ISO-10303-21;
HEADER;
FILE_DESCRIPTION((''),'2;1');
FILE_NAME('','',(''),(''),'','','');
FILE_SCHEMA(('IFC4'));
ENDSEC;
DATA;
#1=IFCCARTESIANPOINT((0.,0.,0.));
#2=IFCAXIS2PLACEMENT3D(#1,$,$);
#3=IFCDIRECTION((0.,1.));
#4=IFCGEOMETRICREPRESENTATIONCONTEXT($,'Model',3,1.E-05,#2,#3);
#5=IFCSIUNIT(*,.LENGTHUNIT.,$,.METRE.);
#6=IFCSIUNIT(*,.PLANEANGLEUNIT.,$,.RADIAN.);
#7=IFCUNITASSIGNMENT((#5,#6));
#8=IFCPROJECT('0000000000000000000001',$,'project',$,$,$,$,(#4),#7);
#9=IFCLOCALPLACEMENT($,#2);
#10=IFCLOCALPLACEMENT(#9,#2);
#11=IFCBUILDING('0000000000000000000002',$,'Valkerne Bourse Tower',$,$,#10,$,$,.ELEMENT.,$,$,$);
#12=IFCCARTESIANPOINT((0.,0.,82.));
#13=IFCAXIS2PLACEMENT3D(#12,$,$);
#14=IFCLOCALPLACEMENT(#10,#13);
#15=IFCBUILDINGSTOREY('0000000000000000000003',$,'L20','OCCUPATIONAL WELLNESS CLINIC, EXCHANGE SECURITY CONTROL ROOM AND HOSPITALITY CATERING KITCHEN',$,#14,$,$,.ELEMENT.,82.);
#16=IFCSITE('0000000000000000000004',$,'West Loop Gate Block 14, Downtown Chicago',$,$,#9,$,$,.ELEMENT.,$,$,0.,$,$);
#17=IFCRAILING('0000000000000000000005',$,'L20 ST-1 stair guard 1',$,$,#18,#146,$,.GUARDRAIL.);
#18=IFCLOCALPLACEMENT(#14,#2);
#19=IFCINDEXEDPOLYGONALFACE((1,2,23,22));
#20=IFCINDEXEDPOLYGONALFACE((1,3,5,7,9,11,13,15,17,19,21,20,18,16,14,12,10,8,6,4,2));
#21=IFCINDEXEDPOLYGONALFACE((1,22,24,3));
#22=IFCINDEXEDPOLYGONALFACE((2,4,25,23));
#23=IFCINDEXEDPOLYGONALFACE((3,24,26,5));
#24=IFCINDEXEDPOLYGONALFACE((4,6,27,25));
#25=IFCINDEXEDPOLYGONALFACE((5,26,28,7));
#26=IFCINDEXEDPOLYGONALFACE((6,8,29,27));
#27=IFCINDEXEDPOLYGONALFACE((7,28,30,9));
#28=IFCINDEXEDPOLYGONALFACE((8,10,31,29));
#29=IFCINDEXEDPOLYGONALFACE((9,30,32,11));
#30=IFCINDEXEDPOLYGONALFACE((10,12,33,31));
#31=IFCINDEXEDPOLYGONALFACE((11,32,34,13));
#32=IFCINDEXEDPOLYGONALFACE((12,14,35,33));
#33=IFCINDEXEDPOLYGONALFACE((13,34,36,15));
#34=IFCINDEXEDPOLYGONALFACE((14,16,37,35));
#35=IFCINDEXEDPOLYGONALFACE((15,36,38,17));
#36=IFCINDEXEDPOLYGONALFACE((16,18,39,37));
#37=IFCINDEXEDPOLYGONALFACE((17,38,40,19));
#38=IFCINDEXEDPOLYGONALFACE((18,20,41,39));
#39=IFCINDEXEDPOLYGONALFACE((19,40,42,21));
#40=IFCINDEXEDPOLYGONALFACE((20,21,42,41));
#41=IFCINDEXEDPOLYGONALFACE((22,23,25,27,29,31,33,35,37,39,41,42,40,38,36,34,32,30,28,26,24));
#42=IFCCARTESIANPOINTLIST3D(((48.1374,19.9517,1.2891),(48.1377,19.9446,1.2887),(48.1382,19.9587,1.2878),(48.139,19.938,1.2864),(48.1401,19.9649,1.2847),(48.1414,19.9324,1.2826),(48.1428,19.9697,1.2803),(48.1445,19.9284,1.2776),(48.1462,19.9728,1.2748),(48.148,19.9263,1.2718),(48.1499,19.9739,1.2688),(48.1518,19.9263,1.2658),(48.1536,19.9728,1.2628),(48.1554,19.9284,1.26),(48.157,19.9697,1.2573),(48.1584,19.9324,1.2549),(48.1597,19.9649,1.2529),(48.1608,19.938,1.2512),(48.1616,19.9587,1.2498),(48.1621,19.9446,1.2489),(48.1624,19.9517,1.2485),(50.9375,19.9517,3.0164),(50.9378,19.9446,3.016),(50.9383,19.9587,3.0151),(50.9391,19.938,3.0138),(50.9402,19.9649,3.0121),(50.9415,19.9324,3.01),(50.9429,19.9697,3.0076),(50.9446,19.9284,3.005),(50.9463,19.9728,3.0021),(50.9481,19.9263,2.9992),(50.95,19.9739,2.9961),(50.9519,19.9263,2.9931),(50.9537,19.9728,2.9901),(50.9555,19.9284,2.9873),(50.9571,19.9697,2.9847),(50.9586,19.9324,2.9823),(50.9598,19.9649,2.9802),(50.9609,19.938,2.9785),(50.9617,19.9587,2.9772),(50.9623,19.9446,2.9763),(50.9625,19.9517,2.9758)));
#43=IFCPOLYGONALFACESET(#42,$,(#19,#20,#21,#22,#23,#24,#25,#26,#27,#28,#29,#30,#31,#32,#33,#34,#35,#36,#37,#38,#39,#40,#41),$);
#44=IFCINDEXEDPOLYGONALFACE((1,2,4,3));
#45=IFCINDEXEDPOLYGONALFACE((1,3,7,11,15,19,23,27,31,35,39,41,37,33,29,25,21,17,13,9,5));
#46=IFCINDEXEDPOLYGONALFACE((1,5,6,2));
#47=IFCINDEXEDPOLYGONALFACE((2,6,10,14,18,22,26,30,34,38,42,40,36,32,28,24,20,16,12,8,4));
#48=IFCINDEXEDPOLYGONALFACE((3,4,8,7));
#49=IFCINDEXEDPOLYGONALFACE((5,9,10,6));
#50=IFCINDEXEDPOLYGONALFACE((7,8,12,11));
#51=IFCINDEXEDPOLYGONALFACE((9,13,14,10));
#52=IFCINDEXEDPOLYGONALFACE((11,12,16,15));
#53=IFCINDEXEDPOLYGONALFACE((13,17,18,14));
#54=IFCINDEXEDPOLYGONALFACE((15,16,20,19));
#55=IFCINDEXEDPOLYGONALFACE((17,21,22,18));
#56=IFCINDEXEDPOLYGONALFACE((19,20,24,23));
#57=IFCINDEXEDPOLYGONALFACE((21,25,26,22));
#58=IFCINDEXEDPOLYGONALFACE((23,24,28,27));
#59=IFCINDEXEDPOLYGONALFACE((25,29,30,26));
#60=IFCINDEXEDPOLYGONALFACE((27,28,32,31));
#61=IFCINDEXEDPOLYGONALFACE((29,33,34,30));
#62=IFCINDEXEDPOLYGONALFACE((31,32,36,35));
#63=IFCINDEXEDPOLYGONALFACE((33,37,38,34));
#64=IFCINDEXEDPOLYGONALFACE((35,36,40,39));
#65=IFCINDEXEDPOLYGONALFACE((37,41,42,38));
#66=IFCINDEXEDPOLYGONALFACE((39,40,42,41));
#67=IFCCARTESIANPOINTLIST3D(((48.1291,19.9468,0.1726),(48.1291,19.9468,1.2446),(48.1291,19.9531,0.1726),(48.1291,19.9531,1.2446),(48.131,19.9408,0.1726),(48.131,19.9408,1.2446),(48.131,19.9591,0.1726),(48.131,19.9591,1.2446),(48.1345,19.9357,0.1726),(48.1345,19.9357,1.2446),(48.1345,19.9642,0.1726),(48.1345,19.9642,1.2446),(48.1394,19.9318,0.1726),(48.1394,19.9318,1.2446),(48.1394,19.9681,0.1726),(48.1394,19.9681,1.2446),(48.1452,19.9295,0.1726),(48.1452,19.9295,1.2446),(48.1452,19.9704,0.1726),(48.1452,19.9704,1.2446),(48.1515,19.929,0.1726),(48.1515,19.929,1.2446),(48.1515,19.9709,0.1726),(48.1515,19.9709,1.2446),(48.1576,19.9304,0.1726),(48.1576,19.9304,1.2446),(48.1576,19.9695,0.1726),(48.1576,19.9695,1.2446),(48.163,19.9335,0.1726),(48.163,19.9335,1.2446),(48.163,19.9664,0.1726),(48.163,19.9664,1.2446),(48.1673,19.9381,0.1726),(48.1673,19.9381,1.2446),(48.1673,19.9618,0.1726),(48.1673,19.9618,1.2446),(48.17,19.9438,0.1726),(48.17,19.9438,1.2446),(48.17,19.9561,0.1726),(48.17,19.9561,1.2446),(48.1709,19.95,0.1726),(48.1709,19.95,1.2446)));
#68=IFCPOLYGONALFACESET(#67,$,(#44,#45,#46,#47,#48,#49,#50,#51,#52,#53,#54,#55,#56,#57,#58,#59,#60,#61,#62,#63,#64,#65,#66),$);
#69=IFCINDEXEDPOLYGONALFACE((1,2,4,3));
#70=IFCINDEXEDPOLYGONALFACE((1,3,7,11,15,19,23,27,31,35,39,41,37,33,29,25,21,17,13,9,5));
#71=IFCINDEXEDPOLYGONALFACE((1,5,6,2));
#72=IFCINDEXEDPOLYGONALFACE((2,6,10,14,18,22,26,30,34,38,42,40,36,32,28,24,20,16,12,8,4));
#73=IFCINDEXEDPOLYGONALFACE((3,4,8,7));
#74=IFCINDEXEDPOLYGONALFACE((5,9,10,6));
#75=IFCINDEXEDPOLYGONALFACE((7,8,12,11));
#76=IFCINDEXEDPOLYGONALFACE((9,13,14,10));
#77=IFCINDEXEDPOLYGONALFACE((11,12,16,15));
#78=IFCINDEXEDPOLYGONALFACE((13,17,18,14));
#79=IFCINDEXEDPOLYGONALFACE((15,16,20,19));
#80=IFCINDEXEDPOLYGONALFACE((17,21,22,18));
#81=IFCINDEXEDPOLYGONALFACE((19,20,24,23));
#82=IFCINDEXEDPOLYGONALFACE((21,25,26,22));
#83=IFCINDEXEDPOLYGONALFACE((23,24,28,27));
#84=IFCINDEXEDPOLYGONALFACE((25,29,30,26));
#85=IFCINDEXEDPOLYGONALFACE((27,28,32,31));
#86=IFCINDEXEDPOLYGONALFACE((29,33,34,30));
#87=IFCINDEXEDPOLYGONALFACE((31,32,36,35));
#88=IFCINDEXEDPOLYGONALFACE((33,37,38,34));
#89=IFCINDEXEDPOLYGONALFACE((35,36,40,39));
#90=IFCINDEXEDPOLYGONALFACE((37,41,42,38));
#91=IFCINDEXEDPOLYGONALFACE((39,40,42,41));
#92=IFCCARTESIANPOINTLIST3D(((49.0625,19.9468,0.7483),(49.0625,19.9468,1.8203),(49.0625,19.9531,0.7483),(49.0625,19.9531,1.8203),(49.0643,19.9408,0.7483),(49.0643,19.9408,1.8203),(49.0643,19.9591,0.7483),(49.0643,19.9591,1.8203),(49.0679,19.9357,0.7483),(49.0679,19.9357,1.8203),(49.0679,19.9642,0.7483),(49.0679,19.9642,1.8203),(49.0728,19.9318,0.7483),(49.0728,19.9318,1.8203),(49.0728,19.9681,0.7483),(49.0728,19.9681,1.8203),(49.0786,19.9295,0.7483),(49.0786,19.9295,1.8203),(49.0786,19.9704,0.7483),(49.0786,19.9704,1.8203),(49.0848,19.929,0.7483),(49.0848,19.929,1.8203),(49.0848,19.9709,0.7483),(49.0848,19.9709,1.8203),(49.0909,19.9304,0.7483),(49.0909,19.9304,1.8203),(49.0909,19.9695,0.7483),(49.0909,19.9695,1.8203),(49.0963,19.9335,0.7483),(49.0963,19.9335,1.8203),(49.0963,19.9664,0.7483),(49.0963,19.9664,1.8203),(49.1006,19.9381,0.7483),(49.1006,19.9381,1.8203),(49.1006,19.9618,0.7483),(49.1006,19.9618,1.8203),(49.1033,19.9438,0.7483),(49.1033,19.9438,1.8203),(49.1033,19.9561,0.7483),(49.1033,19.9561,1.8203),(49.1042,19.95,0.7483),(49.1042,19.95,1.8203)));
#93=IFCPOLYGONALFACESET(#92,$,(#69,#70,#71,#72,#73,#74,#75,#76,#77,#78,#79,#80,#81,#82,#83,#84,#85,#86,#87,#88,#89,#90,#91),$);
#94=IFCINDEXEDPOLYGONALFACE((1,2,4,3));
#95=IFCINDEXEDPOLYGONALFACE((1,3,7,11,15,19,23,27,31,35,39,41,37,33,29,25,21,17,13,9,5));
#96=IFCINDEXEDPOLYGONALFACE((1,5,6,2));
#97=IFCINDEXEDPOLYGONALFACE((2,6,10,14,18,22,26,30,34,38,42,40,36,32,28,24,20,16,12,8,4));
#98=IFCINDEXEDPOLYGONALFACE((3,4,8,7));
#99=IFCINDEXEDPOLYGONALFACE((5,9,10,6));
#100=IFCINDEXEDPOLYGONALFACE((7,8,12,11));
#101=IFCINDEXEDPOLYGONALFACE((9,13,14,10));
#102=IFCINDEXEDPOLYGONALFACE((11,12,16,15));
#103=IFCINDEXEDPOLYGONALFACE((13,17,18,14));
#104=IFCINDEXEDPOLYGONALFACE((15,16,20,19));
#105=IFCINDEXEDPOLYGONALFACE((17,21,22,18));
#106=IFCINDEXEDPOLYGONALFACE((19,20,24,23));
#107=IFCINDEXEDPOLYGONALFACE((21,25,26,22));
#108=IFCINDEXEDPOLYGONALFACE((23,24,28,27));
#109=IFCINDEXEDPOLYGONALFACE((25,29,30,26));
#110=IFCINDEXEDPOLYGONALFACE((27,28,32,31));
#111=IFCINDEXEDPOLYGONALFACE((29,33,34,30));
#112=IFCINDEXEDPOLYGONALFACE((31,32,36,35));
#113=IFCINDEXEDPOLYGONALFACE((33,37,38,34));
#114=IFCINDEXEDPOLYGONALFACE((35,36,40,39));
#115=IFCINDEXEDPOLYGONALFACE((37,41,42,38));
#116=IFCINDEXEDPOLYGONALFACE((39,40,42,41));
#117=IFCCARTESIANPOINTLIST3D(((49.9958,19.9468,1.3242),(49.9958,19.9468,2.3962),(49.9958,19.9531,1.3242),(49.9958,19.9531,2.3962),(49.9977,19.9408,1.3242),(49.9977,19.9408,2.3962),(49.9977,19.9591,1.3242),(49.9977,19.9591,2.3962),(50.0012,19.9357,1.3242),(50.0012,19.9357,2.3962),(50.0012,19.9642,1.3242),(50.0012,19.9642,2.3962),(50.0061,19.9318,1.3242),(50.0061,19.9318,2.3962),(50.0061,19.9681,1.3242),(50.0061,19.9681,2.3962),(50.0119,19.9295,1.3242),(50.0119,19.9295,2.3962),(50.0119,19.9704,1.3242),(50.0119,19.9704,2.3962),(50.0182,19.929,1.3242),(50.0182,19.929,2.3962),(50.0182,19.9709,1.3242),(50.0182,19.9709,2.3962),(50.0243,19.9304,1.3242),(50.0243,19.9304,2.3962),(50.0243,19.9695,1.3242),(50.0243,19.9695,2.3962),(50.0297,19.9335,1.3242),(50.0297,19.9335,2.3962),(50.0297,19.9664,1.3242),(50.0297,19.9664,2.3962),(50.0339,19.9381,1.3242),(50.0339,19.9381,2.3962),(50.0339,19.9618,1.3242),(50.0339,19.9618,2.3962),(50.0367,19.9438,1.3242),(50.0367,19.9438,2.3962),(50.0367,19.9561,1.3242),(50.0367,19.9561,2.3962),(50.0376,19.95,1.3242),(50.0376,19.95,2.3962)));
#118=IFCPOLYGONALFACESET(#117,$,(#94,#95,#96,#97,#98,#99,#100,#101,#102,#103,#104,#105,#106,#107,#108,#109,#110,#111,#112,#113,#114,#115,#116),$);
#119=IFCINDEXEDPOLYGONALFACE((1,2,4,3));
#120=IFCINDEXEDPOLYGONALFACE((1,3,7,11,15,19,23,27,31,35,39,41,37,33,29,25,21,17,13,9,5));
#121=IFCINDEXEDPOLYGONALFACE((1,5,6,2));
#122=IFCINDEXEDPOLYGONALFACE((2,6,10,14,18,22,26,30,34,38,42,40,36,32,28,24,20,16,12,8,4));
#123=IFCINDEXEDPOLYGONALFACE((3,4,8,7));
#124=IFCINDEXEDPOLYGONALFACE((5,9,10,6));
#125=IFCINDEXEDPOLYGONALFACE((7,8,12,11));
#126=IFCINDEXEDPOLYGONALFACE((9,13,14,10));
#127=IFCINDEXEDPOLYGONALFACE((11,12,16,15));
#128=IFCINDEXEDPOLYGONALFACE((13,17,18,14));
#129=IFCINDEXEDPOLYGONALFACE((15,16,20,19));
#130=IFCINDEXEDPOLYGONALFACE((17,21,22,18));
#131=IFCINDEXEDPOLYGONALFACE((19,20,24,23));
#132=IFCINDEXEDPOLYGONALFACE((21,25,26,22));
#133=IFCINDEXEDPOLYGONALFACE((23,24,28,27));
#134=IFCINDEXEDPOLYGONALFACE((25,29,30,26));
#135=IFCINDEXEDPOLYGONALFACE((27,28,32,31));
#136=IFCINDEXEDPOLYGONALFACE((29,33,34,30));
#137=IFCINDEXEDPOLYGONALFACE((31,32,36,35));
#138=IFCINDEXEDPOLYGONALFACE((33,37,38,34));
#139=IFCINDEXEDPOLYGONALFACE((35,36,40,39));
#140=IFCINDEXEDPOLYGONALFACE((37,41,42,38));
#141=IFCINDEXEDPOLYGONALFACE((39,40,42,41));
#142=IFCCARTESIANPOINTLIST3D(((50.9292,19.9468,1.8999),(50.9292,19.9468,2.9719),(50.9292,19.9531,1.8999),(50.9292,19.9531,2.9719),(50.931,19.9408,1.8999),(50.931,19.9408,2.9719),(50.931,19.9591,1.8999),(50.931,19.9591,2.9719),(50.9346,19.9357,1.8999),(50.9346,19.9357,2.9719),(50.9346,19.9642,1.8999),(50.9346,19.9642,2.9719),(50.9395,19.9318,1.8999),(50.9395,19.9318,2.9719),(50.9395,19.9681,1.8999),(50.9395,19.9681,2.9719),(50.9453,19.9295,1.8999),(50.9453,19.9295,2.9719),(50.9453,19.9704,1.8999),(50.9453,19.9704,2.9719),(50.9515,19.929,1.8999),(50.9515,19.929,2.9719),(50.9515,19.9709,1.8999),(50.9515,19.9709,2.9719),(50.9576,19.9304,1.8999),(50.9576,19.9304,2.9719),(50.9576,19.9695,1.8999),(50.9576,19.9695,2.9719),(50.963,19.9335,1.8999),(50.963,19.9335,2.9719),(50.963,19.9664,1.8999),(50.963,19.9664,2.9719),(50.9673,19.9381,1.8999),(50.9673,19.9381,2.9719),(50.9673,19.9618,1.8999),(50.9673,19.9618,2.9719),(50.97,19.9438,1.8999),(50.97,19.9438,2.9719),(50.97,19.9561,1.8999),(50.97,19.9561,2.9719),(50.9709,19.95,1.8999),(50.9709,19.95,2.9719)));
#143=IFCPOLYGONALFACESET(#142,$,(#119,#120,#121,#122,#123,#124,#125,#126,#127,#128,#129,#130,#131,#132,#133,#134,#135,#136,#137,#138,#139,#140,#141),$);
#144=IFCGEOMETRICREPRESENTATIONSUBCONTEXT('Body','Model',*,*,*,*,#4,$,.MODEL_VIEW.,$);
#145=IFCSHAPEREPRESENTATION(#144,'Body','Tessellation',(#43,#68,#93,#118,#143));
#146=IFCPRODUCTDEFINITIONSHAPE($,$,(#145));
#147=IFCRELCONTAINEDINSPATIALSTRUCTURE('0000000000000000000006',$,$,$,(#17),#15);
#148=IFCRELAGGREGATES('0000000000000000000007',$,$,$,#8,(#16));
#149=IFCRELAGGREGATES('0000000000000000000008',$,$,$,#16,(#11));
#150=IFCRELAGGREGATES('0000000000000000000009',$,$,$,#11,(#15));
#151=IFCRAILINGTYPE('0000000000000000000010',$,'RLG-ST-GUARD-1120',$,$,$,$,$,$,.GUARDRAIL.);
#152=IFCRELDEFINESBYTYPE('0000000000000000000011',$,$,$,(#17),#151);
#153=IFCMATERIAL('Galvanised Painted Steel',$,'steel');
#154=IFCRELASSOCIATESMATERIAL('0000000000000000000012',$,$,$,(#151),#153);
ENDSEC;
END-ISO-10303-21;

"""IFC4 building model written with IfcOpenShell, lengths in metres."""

from ifc_helpers import new_model, si_unit, direction, frame, origin, origin_2d, place, context, subcontext, project, spatial, circle, extrude, material, type_object, element, save


model = new_model("IFC4")

# Units and contexts
model_context = context("Model", 3, precision=1e-05, world=origin(), true_north=direction((0.0, 1.0)))
body_context = subcontext(model_context, "Body", "Model", "MODEL_VIEW")
ifc_project = project(units=[si_unit("LENGTHUNIT", "METRE"), si_unit("PLANEANGLEUNIT", "RADIAN")], contexts=[model_context])

# Site, building, storey
site_placement = place(None, origin())
site = spatial("IfcSite", under=ifc_project, at=site_placement, Name="West Loop Gate Block 14, Downtown Chicago", CompositionType="ELEMENT", RefElevation=0.0)
building_placement = place(site_placement, origin())
building = spatial("IfcBuilding", under=site, at=building_placement, Name="Valkerne Bourse Tower", CompositionType="ELEMENT")
storey_placement = place(building_placement, frame((0.0, 0.0, 82.0)))
storey = spatial("IfcBuildingStorey", under=building, at=storey_placement, Name="L20", Description="OCCUPATIONAL WELLNESS CLINIC, EXCHANGE SECURITY CONTROL ROOM AND HOSPITALITY CATERING KITCHEN", CompositionType="ELEMENT", Elevation=82.0)

# Shared definitions
ifc_material_1 = material(Name="Galvanised Painted Steel", Category="steel")

# Railing
railing_type_1 = type_object("IfcRailingType", Name="RLG-ST-GUARD-1120", PredefinedType="GUARDRAIL", material=ifc_material_1)
railing_1_placement = place(storey_placement, frame((48.1499, 19.95, 0.1726)))
element("IfcRailing", 1, at=railing_1_placement, inside=storey, type_object=railing_type_1, Name="L20 ST-1 stair guard 1", PredefinedType="GUARDRAIL", context=body_context, shape_type="SweptSolid", body=[
    extrude(circle(Radius=0.0239, at=origin_2d()), frame((0.0, 0.0, 1.0962), z_axis=(0.85109, 0.0, 0.52502), x_axis=(0.0, 1.0, 0.0)), (0.0, 0.0, 1.0), 3.29),
    extrude(circle(Radius=0.021, at=origin_2d()), origin(), (0.0, 0.0, 1.0), 1.072),
    extrude(circle(Radius=0.021, at=origin_2d()), frame((0.9333, 0.0, 0.5757)), (0.0, 0.0, 1.0), 1.072),
    extrude(circle(Radius=0.021, at=origin_2d()), frame((1.8667, 0.0, 1.1516)), (0.0, 0.0, 1.0), 1.072),
    extrude(circle(Radius=0.021, at=origin_2d()), frame((2.8, 0.0, 1.7273)), (0.0, 0.0, 1.0), 1.072),
])

save(model, "model.ifc")
